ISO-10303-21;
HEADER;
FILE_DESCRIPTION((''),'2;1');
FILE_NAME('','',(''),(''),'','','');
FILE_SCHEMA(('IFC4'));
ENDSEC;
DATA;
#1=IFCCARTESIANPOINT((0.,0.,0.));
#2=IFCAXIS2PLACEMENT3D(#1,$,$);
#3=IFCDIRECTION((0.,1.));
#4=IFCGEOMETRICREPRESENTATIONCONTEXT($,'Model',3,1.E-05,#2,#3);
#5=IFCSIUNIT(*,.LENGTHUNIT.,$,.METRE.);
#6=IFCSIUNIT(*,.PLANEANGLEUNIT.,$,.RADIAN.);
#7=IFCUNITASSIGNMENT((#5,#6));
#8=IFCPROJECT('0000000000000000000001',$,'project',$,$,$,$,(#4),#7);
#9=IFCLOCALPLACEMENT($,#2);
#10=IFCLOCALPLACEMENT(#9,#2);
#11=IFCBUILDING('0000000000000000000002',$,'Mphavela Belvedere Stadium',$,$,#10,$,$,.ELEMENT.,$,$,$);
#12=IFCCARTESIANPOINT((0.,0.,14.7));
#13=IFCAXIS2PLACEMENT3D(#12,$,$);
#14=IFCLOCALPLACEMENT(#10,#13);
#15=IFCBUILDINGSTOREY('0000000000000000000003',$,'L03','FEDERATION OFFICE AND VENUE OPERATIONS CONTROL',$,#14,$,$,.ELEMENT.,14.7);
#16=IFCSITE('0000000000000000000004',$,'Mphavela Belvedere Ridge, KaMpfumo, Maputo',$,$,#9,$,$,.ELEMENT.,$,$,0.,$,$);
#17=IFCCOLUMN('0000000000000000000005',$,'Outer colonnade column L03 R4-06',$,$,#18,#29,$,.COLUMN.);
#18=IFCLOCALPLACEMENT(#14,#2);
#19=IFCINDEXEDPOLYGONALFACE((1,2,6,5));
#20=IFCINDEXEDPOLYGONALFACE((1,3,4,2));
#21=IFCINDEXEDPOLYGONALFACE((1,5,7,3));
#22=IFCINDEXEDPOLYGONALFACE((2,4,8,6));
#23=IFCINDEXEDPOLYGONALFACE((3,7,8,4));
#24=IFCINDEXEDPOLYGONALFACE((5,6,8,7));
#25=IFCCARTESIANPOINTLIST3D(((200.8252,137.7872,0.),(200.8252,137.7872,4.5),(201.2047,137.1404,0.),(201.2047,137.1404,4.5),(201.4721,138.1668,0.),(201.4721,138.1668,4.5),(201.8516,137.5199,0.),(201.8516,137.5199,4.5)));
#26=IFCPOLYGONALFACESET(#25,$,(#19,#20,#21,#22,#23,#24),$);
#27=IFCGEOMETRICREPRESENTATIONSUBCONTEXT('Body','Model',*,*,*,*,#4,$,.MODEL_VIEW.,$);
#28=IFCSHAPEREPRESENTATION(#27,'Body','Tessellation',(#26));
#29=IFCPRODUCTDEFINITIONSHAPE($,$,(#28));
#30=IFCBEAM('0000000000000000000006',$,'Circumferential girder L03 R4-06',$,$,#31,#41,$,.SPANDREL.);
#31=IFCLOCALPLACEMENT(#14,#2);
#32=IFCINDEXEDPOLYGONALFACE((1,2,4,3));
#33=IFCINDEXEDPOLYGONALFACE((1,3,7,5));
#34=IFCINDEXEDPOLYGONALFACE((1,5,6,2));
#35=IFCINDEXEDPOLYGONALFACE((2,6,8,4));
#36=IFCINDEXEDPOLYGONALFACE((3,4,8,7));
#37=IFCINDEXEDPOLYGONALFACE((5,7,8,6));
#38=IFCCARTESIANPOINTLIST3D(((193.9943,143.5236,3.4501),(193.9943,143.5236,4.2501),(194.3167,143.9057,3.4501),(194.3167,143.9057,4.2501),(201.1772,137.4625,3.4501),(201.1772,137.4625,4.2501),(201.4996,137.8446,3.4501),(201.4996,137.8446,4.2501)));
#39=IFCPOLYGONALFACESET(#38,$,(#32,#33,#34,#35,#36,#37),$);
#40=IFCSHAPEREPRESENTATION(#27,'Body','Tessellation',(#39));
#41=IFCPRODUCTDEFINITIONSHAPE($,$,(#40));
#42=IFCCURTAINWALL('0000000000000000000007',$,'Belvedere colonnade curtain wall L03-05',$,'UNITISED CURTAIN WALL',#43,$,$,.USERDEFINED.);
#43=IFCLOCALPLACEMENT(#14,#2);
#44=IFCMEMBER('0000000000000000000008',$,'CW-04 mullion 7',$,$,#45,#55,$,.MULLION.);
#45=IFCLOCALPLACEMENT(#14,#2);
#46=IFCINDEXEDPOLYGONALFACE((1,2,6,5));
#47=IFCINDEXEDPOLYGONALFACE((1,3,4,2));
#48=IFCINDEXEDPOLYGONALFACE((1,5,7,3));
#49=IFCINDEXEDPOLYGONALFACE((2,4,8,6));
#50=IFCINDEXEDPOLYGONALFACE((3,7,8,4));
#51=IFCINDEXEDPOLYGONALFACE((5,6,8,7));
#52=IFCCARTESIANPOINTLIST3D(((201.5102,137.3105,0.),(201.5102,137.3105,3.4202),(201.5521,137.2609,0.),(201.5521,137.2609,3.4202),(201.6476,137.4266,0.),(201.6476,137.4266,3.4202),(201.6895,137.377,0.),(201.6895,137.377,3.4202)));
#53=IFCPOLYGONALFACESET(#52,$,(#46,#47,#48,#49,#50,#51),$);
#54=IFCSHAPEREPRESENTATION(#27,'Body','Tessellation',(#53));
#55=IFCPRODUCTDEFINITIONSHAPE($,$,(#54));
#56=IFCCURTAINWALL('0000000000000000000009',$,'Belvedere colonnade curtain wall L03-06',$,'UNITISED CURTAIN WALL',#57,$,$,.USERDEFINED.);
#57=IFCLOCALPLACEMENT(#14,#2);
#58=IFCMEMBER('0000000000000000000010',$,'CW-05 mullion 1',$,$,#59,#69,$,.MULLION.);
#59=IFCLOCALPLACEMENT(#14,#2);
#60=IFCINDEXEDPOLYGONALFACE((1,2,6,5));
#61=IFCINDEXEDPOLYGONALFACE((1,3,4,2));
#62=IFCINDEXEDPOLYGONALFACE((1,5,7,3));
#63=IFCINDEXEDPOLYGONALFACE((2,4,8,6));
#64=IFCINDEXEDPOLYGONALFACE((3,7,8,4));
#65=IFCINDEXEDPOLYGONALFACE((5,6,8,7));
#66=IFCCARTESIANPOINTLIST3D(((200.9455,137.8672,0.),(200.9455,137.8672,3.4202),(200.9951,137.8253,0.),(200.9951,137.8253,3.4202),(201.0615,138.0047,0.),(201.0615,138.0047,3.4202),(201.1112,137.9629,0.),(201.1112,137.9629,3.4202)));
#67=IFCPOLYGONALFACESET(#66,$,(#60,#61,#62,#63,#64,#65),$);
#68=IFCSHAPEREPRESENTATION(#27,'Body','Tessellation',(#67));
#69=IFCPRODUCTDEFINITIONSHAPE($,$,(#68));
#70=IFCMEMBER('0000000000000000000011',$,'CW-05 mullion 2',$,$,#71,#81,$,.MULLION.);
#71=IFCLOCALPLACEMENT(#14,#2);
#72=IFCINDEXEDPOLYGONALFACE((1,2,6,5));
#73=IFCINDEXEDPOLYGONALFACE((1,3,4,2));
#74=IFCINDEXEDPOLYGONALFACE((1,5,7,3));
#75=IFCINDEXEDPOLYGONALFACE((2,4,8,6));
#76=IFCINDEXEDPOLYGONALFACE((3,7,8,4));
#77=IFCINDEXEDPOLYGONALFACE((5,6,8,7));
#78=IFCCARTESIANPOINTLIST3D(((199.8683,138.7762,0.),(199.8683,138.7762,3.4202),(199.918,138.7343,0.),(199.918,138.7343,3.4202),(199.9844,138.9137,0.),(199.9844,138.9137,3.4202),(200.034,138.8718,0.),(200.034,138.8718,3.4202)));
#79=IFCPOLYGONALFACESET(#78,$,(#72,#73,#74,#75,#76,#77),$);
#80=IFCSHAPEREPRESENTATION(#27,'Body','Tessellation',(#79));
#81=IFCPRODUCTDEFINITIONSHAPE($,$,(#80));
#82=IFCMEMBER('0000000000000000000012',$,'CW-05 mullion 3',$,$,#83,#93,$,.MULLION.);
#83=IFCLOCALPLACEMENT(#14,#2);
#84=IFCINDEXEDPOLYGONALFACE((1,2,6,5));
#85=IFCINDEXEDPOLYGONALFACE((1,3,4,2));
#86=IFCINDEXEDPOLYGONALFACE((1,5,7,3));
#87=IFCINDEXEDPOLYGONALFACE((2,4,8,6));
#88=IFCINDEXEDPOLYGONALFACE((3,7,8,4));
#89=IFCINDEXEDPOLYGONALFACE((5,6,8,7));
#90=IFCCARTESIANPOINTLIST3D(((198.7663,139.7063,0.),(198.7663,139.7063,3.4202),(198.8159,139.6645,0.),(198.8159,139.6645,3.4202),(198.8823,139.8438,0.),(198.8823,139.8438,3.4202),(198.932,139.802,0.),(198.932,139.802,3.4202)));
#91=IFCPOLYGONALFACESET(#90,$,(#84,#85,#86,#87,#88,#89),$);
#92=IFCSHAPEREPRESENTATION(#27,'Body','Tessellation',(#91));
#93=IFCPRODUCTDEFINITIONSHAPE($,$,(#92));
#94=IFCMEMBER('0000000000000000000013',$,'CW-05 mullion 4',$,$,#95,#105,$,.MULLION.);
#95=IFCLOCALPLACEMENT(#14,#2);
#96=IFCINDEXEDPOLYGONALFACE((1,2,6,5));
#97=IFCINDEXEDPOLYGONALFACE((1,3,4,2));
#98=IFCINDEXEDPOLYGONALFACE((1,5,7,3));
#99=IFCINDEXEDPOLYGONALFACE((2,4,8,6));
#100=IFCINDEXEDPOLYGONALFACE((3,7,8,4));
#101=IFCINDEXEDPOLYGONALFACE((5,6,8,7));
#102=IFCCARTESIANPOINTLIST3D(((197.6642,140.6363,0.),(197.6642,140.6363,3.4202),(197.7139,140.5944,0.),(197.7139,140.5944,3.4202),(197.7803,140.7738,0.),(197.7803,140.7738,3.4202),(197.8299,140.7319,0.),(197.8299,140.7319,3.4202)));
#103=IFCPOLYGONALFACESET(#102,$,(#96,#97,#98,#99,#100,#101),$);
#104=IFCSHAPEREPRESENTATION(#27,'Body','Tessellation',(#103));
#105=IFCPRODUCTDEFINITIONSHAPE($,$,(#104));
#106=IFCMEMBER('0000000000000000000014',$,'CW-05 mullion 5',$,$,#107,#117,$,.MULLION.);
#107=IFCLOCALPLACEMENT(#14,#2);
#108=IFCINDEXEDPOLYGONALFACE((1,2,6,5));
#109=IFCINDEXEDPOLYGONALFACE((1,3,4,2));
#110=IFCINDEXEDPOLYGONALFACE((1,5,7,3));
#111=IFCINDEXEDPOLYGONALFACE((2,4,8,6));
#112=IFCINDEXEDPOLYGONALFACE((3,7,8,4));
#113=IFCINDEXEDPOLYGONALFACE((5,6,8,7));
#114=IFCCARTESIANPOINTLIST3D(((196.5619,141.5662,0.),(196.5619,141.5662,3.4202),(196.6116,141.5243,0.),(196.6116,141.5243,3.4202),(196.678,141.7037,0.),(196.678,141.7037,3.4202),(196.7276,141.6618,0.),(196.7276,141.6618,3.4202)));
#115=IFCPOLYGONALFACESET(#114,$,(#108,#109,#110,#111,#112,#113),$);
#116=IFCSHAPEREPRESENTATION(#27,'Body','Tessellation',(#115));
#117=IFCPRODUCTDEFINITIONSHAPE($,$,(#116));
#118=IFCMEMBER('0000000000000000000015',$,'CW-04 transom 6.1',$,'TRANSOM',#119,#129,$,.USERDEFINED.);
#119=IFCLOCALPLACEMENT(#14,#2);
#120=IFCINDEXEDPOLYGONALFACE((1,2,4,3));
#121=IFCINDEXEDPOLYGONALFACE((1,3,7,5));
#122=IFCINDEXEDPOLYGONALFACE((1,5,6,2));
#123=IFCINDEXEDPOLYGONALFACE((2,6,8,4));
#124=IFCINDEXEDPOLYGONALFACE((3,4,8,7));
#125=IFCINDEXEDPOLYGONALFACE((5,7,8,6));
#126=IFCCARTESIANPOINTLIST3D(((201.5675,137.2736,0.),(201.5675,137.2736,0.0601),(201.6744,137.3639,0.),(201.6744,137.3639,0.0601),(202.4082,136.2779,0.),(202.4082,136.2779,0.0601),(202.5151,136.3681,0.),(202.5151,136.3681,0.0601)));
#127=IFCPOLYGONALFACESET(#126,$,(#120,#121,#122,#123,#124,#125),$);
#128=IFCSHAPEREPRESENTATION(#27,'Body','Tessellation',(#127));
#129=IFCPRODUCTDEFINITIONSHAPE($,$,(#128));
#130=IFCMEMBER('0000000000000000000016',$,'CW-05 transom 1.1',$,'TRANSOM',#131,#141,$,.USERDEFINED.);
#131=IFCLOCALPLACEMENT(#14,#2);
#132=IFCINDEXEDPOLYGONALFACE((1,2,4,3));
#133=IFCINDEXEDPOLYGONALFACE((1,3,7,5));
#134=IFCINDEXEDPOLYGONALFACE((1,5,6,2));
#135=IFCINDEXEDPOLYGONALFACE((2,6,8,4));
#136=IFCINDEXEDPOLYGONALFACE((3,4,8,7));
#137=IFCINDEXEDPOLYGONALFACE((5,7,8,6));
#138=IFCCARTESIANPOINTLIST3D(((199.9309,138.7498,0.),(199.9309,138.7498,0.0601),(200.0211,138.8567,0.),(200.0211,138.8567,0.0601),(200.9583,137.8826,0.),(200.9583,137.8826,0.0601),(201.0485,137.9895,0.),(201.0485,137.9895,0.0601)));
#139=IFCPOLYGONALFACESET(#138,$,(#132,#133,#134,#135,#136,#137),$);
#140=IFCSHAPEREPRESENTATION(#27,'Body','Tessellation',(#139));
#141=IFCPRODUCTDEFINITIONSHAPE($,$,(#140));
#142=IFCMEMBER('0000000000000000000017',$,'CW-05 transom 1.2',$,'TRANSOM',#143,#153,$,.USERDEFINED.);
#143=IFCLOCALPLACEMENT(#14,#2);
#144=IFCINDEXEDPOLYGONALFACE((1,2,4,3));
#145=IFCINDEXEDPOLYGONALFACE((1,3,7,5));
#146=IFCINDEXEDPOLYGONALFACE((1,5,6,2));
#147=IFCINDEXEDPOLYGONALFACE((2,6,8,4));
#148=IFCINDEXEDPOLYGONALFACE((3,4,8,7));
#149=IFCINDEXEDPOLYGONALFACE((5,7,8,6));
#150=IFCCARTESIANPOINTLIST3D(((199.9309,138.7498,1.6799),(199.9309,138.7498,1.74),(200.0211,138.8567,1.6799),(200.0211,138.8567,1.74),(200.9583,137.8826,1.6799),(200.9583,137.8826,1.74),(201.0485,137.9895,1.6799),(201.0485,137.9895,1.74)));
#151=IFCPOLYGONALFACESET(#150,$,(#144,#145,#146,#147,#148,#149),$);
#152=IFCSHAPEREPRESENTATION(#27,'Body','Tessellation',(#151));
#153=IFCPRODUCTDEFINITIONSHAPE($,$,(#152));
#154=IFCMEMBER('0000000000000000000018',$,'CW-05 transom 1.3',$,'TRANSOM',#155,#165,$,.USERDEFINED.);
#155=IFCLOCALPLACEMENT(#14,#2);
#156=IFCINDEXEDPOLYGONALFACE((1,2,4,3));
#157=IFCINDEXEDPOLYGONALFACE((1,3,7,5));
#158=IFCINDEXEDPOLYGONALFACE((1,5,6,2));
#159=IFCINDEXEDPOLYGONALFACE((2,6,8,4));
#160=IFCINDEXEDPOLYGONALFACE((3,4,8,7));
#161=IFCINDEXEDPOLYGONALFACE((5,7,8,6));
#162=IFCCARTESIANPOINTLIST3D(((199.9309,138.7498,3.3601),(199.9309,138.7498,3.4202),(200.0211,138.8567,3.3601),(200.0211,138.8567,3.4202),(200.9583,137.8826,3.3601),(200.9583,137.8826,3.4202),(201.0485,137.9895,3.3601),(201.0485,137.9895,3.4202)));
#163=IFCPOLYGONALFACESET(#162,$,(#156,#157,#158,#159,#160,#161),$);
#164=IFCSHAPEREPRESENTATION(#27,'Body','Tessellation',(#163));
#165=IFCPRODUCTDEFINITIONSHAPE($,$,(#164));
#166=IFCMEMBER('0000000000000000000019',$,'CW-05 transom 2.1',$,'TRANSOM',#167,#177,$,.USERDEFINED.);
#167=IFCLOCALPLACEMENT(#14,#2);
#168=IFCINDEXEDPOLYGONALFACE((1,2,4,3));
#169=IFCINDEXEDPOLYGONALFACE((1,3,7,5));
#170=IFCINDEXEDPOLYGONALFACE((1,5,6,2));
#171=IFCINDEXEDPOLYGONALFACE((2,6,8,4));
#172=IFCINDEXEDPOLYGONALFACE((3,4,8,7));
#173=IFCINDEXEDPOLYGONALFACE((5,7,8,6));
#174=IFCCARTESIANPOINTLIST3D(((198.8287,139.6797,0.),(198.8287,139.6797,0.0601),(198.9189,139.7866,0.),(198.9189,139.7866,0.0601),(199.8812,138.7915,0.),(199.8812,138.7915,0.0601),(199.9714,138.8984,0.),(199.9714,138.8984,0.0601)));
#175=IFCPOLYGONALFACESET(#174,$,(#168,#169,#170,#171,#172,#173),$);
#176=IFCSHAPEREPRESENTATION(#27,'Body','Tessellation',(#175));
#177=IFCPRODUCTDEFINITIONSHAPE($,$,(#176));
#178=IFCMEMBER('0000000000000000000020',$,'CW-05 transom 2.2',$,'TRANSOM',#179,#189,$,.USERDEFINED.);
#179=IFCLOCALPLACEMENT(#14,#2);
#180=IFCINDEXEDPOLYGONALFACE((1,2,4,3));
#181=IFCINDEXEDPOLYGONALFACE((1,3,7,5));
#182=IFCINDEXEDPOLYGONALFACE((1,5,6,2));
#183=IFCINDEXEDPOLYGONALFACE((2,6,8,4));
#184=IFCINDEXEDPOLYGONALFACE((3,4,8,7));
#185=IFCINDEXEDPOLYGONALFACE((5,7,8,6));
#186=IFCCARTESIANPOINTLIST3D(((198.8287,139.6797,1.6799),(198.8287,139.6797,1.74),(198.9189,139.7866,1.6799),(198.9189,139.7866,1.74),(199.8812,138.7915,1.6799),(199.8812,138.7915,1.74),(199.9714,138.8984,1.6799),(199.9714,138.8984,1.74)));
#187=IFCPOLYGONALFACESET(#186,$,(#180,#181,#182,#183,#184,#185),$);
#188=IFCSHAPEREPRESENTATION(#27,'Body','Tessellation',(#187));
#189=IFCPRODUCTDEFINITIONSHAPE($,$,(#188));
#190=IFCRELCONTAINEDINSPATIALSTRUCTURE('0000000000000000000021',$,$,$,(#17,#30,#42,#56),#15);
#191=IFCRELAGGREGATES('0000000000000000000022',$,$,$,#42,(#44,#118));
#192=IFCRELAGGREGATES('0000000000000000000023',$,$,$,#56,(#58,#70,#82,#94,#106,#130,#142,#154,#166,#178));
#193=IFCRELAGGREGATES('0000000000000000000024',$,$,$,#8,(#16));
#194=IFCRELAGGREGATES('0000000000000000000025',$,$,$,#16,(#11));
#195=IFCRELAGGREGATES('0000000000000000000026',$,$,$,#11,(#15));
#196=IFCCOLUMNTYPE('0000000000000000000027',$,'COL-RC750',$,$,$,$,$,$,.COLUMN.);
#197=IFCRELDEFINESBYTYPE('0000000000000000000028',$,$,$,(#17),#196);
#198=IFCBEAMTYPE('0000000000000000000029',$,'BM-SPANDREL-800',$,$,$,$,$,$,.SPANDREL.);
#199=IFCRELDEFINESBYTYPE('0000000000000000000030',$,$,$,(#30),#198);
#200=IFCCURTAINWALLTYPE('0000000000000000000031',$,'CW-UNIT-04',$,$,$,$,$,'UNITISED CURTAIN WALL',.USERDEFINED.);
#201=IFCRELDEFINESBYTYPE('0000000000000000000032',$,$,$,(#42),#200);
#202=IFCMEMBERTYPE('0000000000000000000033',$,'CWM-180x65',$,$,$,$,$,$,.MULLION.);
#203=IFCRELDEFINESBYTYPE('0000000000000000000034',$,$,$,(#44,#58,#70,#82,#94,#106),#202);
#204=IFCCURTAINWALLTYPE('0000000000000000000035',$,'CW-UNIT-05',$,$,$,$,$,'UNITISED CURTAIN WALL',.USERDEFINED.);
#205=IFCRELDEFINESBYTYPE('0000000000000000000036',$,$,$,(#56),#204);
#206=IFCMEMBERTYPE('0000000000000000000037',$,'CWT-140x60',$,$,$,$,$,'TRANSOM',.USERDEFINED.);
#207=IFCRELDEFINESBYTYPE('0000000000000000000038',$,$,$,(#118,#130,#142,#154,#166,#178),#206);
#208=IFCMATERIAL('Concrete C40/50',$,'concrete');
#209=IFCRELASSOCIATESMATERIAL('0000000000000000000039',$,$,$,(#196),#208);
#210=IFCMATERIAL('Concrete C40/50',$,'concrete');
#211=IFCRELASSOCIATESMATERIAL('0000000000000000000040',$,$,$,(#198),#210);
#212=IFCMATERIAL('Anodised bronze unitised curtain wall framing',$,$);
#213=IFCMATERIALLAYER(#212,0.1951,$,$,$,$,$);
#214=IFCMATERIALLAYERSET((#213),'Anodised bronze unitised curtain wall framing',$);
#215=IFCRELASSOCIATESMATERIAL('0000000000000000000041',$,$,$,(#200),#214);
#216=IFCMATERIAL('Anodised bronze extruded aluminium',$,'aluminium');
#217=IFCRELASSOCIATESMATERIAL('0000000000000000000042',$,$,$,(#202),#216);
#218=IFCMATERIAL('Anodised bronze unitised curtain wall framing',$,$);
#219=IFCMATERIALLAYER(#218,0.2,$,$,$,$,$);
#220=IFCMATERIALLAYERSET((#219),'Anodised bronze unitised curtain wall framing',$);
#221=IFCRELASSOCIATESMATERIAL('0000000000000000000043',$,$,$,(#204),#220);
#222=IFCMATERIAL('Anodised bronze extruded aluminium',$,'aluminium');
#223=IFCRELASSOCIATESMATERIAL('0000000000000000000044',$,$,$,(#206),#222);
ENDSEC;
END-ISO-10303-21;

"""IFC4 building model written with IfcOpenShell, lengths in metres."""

from ifc_helpers import new_model, si_unit, direction, frame, origin, origin_2d, place, context, subcontext, project, spatial, rectangle, extrude, material, layer, layer_set, material_profile, profile_set, type_object, element, aggregate, save


model = new_model("IFC4")

# Units and contexts
model_context = context("Model", 3, precision=1e-05, world=origin(), true_north=direction((0.0, 1.0)))
body_context = subcontext(model_context, "Body", "Model", "MODEL_VIEW")
ifc_project = project(units=[si_unit("LENGTHUNIT", "METRE"), si_unit("PLANEANGLEUNIT", "RADIAN")], contexts=[model_context])

# Site, building, storey
site_placement = place(None, origin())
site = spatial("IfcSite", under=ifc_project, at=site_placement, Name="Mphavela Belvedere Ridge, KaMpfumo, Maputo", CompositionType="ELEMENT", RefElevation=0.0)
building_placement = place(site_placement, origin())
building = spatial("IfcBuilding", under=site, at=building_placement, Name="Mphavela Belvedere Stadium", CompositionType="ELEMENT")
storey_placement = place(building_placement, frame((0.0, 0.0, 14.7)))
storey = spatial("IfcBuildingStorey", under=building, at=storey_placement, Name="L03", Description="FEDERATION OFFICE AND VENUE OPERATIONS CONTROL", CompositionType="ELEMENT", Elevation=14.7)

# Column
ifc_material_1 = material(Name="Concrete C40/50", Category="concrete")
ifc_material_profile_1 = material_profile(ifc_material_1, rectangle(XDim=0.75, YDim=0.75, at=origin_2d()), Name="RC 750x750")
ifc_profile_set_1 = profile_set([ifc_material_profile_1], Name="Concrete C40/50")
column_type = type_object("IfcColumnType", Name="COL-RC750", PredefinedType="COLUMN", material=ifc_profile_set_1)
column_placement = place(storey_placement, frame((201.3384, 137.6536, 0.0), z_axis=(0.0, 0.0, 1.0), x_axis=(0.862514, 0.506034, 0.0)))
element("IfcColumn", 1, at=column_placement, inside=storey, type_object=column_type, Name="Outer colonnade column L03 R4-06", PredefinedType="COLUMN", context=body_context, shape_type="SweptSolid", body=[
    extrude(rectangle(XDim=0.75, YDim=0.75, at=origin_2d()), origin(), (0.0, 0.0, 1.0), 4.5),
])

# Beam
ifc_material_2 = material(Name="Concrete C40/50", Category="concrete")
ifc_material_profile_2 = material_profile(ifc_material_2, rectangle(XDim=0.5, YDim=0.8, at=origin_2d()), Name="RC 500x800")
ifc_profile_set_2 = profile_set([ifc_material_profile_2], Name="Concrete C40/50")
beam_type = type_object("IfcBeamType", Name="BM-SPANDREL-800", PredefinedType="SPANDREL", material=ifc_profile_set_2)
beam_placement = place(storey_placement, frame((201.3384, 137.6536, 3.8501), z_axis=(-0.764265, 0.644902, 0.0), x_axis=(-0.644902, -0.764265, 0.0)))
element("IfcBeam", 2, at=beam_placement, inside=storey, type_object=beam_type, Name="Circumferential girder L03 R4-06", PredefinedType="SPANDREL", context=body_context, shape_type="SweptSolid", body=[
    extrude(rectangle(XDim=0.5, YDim=0.8, at=origin_2d()), origin(), (0.0, 0.0, 1.0), 9.3984),
])

# Curtain wall, member
ifc_material_3 = material(Name="Anodised bronze unitised curtain wall framing")
ifc_layer_1 = layer(ifc_material_3, 0.1951)
ifc_layer_set_1 = layer_set([ifc_layer_1], Name="Anodised bronze unitised curtain wall framing")
curtain_wall_type_1 = type_object("IfcCurtainWallType", Name="CW-UNIT-04", ElementType="UNITISED CURTAIN WALL", PredefinedType="USERDEFINED", material=ifc_layer_set_1)
curtain_wall_1_placement = place(storey_placement, origin())
curtain_wall_1 = element("IfcCurtainWall", 3, at=curtain_wall_1_placement, inside=storey, type_object=curtain_wall_type_1, Name="Belvedere colonnade curtain wall L03-05", ObjectType="UNITISED CURTAIN WALL", PredefinedType="USERDEFINED")
ifc_material_4 = material(Name="Anodised bronze extruded aluminium", Category="aluminium")
ifc_material_profile_3 = material_profile(ifc_material_4, rectangle(XDim=0.1799, YDim=0.0649, at=origin_2d()), Name="CW-MUL 180x65")
ifc_profile_set_3 = profile_set([ifc_material_profile_3], Name="Anodised bronze extruded aluminium")
member_type_1 = type_object("IfcMemberType", Name="CWM-180x65", PredefinedType="MULLION", material=ifc_profile_set_3)
member_1_placement = place(storey_placement, frame((201.5999, 137.3438, 0.0), z_axis=(0.0, 0.0, 1.0), x_axis=(-0.764031, -0.645179, 0.0)))
member_1 = element("IfcMember", 4, at=member_1_placement, type_object=member_type_1, Name="CW-04 mullion 7", PredefinedType="MULLION", context=body_context, shape_type="SweptSolid", body=[
    extrude(rectangle(XDim=0.1799, YDim=0.0649, at=origin_2d()), origin(), (0.0, 0.0, 1.0), 3.4202),
])

# Curtain wall, members
ifc_material_5 = material(Name="Anodised bronze unitised curtain wall framing")
ifc_layer_2 = layer(ifc_material_5, 0.2)
ifc_layer_set_2 = layer_set([ifc_layer_2], Name="Anodised bronze unitised curtain wall framing")
curtain_wall_type_2 = type_object("IfcCurtainWallType", Name="CW-UNIT-05", ElementType="UNITISED CURTAIN WALL", PredefinedType="USERDEFINED", material=ifc_layer_set_2)
curtain_wall_2_placement = place(storey_placement, origin())
curtain_wall_2 = element("IfcCurtainWall", 5, at=curtain_wall_2_placement, inside=storey, type_object=curtain_wall_type_2, Name="Belvedere colonnade curtain wall L03-06", ObjectType="UNITISED CURTAIN WALL", PredefinedType="USERDEFINED")
member_2_placement = place(storey_placement, frame((201.0283, 137.915, 0.0), z_axis=(0.0, 0.0, 1.0), x_axis=(-0.644905, -0.764263, 0.0)))
member_2 = element("IfcMember", 6, at=member_2_placement, type_object=member_type_1, Name="CW-05 mullion 1", PredefinedType="MULLION", context=body_context, shape_type="SweptSolid", body=[
    extrude(rectangle(XDim=0.1799, YDim=0.0649, at=origin_2d()), origin(), (0.0, 0.0, 1.0), 3.4202),
])
member_3_placement = place(storey_placement, frame((199.9512, 138.824, 0.0), z_axis=(0.0, 0.0, 1.0), x_axis=(-0.644905, -0.764263, 0.0)))
member_3 = element("IfcMember", 7, at=member_3_placement, type_object=member_type_1, Name="CW-05 mullion 2", PredefinedType="MULLION", context=body_context, shape_type="SweptSolid", body=[
    extrude(rectangle(XDim=0.1799, YDim=0.0649, at=origin_2d()), origin(), (0.0, 0.0, 1.0), 3.4202),
])
member_4_placement = place(storey_placement, frame((198.8491, 139.7542, 0.0), z_axis=(0.0, 0.0, 1.0), x_axis=(-0.644905, -0.764263, 0.0)))
member_4 = element("IfcMember", 8, at=member_4_placement, type_object=member_type_1, Name="CW-05 mullion 3", PredefinedType="MULLION", context=body_context, shape_type="SweptSolid", body=[
    extrude(rectangle(XDim=0.1799, YDim=0.0649, at=origin_2d()), origin(), (0.0, 0.0, 1.0), 3.4202),
])
member_5_placement = place(storey_placement, frame((197.7471, 140.6841, 0.0), z_axis=(0.0, 0.0, 1.0), x_axis=(-0.644905, -0.764263, 0.0)))
member_5 = element("IfcMember", 9, at=member_5_placement, type_object=member_type_1, Name="CW-05 mullion 4", PredefinedType="MULLION", context=body_context, shape_type="SweptSolid", body=[
    extrude(rectangle(XDim=0.1799, YDim=0.0649, at=origin_2d()), origin(), (0.0, 0.0, 1.0), 3.4202),
])
member_6_placement = place(storey_placement, frame((196.6448, 141.614, 0.0), z_axis=(0.0, 0.0, 1.0), x_axis=(-0.644905, -0.764263, 0.0)))
member_6 = element("IfcMember", 10, at=member_6_placement, type_object=member_type_1, Name="CW-05 mullion 5", PredefinedType="MULLION", context=body_context, shape_type="SweptSolid", body=[
    extrude(rectangle(XDim=0.1799, YDim=0.0649, at=origin_2d()), origin(), (0.0, 0.0, 1.0), 3.4202),
])

# Members
ifc_material_6 = material(Name="Anodised bronze extruded aluminium", Category="aluminium")
ifc_material_profile_4 = material_profile(ifc_material_6, rectangle(XDim=0.1399, YDim=0.0601, at=origin_2d()), Name="CW-TRN 140x60")
ifc_profile_set_4 = profile_set([ifc_material_profile_4], Name="Anodised bronze extruded aluminium")
member_type_2 = type_object("IfcMemberType", Name="CWT-140x60", ElementType="TRANSOM", PredefinedType="USERDEFINED", material=ifc_profile_set_4)
member_7_placement = place(storey_placement, frame((202.4617, 136.323, 0.03), z_axis=(-0.645127, 0.764075, 0.0), x_axis=(-0.764075, -0.645127, 0.0)))
member_7 = element("IfcMember", 11, at=member_7_placement, type_object=member_type_2, Name="CW-04 transom 6.1", ObjectType="TRANSOM", PredefinedType="USERDEFINED", context=body_context, shape_type="SweptSolid", body=[
    extrude(rectangle(XDim=0.1399, YDim=0.0601, at=origin_2d()), origin(), (0.0, 0.0, 1.0), 1.3032),
])
member_8_placement = place(storey_placement, frame((201.0034, 137.936, 0.03), z_axis=(-0.764157, 0.64503, 0.0), x_axis=(-0.64503, -0.764157, 0.0)))
member_8 = element("IfcMember", 12, at=member_8_placement, type_object=member_type_2, Name="CW-05 transom 1.1", ObjectType="TRANSOM", PredefinedType="USERDEFINED", context=body_context, shape_type="SweptSolid", body=[
    extrude(rectangle(XDim=0.1399, YDim=0.0601, at=origin_2d()), origin(), (0.0, 0.0, 1.0), 1.3445),
])
member_9_placement = place(storey_placement, frame((201.0034, 137.936, 1.71), z_axis=(-0.764157, 0.64503, 0.0), x_axis=(-0.64503, -0.764157, 0.0)))
member_9 = element("IfcMember", 13, at=member_9_placement, type_object=member_type_2, Name="CW-05 transom 1.2", ObjectType="TRANSOM", PredefinedType="USERDEFINED", context=body_context, shape_type="SweptSolid", body=[
    extrude(rectangle(XDim=0.1399, YDim=0.0601, at=origin_2d()), origin(), (0.0, 0.0, 1.0), 1.3445),
])
member_10_placement = place(storey_placement, frame((201.0034, 137.936, 3.3901), z_axis=(-0.764157, 0.64503, 0.0), x_axis=(-0.64503, -0.764157, 0.0)))
member_10 = element("IfcMember", 14, at=member_10_placement, type_object=member_type_2, Name="CW-05 transom 1.3", ObjectType="TRANSOM", PredefinedType="USERDEFINED", context=body_context, shape_type="SweptSolid", body=[
    extrude(rectangle(XDim=0.1399, YDim=0.0601, at=origin_2d()), origin(), (0.0, 0.0, 1.0), 1.3445),
])
member_11_placement = place(storey_placement, frame((199.9263, 138.845, 0.03), z_axis=(-0.76424, 0.644932, 0.0), x_axis=(-0.644932, -0.76424, 0.0)))
member_11 = element("IfcMember", 15, at=member_11_placement, type_object=member_type_2, Name="CW-05 transom 2.1", ObjectType="TRANSOM", PredefinedType="USERDEFINED", context=body_context, shape_type="SweptSolid", body=[
    extrude(rectangle(XDim=0.1399, YDim=0.0601, at=origin_2d()), origin(), (0.0, 0.0, 1.0), 1.3772),
])
member_12_placement = place(storey_placement, frame((199.9263, 138.845, 1.71), z_axis=(-0.76424, 0.644932, 0.0), x_axis=(-0.644932, -0.76424, 0.0)))
member_12 = element("IfcMember", 16, at=member_12_placement, type_object=member_type_2, Name="CW-05 transom 2.2", ObjectType="TRANSOM", PredefinedType="USERDEFINED", context=body_context, shape_type="SweptSolid", body=[
    extrude(rectangle(XDim=0.1399, YDim=0.0601, at=origin_2d()), origin(), (0.0, 0.0, 1.0), 1.3772),
])

aggregate(curtain_wall_1, [member_1, member_7])
aggregate(curtain_wall_2, [member_2, member_3, member_4, member_5, member_6, member_8, member_9, member_10, member_11, member_12])

save(model, "model.ifc")
